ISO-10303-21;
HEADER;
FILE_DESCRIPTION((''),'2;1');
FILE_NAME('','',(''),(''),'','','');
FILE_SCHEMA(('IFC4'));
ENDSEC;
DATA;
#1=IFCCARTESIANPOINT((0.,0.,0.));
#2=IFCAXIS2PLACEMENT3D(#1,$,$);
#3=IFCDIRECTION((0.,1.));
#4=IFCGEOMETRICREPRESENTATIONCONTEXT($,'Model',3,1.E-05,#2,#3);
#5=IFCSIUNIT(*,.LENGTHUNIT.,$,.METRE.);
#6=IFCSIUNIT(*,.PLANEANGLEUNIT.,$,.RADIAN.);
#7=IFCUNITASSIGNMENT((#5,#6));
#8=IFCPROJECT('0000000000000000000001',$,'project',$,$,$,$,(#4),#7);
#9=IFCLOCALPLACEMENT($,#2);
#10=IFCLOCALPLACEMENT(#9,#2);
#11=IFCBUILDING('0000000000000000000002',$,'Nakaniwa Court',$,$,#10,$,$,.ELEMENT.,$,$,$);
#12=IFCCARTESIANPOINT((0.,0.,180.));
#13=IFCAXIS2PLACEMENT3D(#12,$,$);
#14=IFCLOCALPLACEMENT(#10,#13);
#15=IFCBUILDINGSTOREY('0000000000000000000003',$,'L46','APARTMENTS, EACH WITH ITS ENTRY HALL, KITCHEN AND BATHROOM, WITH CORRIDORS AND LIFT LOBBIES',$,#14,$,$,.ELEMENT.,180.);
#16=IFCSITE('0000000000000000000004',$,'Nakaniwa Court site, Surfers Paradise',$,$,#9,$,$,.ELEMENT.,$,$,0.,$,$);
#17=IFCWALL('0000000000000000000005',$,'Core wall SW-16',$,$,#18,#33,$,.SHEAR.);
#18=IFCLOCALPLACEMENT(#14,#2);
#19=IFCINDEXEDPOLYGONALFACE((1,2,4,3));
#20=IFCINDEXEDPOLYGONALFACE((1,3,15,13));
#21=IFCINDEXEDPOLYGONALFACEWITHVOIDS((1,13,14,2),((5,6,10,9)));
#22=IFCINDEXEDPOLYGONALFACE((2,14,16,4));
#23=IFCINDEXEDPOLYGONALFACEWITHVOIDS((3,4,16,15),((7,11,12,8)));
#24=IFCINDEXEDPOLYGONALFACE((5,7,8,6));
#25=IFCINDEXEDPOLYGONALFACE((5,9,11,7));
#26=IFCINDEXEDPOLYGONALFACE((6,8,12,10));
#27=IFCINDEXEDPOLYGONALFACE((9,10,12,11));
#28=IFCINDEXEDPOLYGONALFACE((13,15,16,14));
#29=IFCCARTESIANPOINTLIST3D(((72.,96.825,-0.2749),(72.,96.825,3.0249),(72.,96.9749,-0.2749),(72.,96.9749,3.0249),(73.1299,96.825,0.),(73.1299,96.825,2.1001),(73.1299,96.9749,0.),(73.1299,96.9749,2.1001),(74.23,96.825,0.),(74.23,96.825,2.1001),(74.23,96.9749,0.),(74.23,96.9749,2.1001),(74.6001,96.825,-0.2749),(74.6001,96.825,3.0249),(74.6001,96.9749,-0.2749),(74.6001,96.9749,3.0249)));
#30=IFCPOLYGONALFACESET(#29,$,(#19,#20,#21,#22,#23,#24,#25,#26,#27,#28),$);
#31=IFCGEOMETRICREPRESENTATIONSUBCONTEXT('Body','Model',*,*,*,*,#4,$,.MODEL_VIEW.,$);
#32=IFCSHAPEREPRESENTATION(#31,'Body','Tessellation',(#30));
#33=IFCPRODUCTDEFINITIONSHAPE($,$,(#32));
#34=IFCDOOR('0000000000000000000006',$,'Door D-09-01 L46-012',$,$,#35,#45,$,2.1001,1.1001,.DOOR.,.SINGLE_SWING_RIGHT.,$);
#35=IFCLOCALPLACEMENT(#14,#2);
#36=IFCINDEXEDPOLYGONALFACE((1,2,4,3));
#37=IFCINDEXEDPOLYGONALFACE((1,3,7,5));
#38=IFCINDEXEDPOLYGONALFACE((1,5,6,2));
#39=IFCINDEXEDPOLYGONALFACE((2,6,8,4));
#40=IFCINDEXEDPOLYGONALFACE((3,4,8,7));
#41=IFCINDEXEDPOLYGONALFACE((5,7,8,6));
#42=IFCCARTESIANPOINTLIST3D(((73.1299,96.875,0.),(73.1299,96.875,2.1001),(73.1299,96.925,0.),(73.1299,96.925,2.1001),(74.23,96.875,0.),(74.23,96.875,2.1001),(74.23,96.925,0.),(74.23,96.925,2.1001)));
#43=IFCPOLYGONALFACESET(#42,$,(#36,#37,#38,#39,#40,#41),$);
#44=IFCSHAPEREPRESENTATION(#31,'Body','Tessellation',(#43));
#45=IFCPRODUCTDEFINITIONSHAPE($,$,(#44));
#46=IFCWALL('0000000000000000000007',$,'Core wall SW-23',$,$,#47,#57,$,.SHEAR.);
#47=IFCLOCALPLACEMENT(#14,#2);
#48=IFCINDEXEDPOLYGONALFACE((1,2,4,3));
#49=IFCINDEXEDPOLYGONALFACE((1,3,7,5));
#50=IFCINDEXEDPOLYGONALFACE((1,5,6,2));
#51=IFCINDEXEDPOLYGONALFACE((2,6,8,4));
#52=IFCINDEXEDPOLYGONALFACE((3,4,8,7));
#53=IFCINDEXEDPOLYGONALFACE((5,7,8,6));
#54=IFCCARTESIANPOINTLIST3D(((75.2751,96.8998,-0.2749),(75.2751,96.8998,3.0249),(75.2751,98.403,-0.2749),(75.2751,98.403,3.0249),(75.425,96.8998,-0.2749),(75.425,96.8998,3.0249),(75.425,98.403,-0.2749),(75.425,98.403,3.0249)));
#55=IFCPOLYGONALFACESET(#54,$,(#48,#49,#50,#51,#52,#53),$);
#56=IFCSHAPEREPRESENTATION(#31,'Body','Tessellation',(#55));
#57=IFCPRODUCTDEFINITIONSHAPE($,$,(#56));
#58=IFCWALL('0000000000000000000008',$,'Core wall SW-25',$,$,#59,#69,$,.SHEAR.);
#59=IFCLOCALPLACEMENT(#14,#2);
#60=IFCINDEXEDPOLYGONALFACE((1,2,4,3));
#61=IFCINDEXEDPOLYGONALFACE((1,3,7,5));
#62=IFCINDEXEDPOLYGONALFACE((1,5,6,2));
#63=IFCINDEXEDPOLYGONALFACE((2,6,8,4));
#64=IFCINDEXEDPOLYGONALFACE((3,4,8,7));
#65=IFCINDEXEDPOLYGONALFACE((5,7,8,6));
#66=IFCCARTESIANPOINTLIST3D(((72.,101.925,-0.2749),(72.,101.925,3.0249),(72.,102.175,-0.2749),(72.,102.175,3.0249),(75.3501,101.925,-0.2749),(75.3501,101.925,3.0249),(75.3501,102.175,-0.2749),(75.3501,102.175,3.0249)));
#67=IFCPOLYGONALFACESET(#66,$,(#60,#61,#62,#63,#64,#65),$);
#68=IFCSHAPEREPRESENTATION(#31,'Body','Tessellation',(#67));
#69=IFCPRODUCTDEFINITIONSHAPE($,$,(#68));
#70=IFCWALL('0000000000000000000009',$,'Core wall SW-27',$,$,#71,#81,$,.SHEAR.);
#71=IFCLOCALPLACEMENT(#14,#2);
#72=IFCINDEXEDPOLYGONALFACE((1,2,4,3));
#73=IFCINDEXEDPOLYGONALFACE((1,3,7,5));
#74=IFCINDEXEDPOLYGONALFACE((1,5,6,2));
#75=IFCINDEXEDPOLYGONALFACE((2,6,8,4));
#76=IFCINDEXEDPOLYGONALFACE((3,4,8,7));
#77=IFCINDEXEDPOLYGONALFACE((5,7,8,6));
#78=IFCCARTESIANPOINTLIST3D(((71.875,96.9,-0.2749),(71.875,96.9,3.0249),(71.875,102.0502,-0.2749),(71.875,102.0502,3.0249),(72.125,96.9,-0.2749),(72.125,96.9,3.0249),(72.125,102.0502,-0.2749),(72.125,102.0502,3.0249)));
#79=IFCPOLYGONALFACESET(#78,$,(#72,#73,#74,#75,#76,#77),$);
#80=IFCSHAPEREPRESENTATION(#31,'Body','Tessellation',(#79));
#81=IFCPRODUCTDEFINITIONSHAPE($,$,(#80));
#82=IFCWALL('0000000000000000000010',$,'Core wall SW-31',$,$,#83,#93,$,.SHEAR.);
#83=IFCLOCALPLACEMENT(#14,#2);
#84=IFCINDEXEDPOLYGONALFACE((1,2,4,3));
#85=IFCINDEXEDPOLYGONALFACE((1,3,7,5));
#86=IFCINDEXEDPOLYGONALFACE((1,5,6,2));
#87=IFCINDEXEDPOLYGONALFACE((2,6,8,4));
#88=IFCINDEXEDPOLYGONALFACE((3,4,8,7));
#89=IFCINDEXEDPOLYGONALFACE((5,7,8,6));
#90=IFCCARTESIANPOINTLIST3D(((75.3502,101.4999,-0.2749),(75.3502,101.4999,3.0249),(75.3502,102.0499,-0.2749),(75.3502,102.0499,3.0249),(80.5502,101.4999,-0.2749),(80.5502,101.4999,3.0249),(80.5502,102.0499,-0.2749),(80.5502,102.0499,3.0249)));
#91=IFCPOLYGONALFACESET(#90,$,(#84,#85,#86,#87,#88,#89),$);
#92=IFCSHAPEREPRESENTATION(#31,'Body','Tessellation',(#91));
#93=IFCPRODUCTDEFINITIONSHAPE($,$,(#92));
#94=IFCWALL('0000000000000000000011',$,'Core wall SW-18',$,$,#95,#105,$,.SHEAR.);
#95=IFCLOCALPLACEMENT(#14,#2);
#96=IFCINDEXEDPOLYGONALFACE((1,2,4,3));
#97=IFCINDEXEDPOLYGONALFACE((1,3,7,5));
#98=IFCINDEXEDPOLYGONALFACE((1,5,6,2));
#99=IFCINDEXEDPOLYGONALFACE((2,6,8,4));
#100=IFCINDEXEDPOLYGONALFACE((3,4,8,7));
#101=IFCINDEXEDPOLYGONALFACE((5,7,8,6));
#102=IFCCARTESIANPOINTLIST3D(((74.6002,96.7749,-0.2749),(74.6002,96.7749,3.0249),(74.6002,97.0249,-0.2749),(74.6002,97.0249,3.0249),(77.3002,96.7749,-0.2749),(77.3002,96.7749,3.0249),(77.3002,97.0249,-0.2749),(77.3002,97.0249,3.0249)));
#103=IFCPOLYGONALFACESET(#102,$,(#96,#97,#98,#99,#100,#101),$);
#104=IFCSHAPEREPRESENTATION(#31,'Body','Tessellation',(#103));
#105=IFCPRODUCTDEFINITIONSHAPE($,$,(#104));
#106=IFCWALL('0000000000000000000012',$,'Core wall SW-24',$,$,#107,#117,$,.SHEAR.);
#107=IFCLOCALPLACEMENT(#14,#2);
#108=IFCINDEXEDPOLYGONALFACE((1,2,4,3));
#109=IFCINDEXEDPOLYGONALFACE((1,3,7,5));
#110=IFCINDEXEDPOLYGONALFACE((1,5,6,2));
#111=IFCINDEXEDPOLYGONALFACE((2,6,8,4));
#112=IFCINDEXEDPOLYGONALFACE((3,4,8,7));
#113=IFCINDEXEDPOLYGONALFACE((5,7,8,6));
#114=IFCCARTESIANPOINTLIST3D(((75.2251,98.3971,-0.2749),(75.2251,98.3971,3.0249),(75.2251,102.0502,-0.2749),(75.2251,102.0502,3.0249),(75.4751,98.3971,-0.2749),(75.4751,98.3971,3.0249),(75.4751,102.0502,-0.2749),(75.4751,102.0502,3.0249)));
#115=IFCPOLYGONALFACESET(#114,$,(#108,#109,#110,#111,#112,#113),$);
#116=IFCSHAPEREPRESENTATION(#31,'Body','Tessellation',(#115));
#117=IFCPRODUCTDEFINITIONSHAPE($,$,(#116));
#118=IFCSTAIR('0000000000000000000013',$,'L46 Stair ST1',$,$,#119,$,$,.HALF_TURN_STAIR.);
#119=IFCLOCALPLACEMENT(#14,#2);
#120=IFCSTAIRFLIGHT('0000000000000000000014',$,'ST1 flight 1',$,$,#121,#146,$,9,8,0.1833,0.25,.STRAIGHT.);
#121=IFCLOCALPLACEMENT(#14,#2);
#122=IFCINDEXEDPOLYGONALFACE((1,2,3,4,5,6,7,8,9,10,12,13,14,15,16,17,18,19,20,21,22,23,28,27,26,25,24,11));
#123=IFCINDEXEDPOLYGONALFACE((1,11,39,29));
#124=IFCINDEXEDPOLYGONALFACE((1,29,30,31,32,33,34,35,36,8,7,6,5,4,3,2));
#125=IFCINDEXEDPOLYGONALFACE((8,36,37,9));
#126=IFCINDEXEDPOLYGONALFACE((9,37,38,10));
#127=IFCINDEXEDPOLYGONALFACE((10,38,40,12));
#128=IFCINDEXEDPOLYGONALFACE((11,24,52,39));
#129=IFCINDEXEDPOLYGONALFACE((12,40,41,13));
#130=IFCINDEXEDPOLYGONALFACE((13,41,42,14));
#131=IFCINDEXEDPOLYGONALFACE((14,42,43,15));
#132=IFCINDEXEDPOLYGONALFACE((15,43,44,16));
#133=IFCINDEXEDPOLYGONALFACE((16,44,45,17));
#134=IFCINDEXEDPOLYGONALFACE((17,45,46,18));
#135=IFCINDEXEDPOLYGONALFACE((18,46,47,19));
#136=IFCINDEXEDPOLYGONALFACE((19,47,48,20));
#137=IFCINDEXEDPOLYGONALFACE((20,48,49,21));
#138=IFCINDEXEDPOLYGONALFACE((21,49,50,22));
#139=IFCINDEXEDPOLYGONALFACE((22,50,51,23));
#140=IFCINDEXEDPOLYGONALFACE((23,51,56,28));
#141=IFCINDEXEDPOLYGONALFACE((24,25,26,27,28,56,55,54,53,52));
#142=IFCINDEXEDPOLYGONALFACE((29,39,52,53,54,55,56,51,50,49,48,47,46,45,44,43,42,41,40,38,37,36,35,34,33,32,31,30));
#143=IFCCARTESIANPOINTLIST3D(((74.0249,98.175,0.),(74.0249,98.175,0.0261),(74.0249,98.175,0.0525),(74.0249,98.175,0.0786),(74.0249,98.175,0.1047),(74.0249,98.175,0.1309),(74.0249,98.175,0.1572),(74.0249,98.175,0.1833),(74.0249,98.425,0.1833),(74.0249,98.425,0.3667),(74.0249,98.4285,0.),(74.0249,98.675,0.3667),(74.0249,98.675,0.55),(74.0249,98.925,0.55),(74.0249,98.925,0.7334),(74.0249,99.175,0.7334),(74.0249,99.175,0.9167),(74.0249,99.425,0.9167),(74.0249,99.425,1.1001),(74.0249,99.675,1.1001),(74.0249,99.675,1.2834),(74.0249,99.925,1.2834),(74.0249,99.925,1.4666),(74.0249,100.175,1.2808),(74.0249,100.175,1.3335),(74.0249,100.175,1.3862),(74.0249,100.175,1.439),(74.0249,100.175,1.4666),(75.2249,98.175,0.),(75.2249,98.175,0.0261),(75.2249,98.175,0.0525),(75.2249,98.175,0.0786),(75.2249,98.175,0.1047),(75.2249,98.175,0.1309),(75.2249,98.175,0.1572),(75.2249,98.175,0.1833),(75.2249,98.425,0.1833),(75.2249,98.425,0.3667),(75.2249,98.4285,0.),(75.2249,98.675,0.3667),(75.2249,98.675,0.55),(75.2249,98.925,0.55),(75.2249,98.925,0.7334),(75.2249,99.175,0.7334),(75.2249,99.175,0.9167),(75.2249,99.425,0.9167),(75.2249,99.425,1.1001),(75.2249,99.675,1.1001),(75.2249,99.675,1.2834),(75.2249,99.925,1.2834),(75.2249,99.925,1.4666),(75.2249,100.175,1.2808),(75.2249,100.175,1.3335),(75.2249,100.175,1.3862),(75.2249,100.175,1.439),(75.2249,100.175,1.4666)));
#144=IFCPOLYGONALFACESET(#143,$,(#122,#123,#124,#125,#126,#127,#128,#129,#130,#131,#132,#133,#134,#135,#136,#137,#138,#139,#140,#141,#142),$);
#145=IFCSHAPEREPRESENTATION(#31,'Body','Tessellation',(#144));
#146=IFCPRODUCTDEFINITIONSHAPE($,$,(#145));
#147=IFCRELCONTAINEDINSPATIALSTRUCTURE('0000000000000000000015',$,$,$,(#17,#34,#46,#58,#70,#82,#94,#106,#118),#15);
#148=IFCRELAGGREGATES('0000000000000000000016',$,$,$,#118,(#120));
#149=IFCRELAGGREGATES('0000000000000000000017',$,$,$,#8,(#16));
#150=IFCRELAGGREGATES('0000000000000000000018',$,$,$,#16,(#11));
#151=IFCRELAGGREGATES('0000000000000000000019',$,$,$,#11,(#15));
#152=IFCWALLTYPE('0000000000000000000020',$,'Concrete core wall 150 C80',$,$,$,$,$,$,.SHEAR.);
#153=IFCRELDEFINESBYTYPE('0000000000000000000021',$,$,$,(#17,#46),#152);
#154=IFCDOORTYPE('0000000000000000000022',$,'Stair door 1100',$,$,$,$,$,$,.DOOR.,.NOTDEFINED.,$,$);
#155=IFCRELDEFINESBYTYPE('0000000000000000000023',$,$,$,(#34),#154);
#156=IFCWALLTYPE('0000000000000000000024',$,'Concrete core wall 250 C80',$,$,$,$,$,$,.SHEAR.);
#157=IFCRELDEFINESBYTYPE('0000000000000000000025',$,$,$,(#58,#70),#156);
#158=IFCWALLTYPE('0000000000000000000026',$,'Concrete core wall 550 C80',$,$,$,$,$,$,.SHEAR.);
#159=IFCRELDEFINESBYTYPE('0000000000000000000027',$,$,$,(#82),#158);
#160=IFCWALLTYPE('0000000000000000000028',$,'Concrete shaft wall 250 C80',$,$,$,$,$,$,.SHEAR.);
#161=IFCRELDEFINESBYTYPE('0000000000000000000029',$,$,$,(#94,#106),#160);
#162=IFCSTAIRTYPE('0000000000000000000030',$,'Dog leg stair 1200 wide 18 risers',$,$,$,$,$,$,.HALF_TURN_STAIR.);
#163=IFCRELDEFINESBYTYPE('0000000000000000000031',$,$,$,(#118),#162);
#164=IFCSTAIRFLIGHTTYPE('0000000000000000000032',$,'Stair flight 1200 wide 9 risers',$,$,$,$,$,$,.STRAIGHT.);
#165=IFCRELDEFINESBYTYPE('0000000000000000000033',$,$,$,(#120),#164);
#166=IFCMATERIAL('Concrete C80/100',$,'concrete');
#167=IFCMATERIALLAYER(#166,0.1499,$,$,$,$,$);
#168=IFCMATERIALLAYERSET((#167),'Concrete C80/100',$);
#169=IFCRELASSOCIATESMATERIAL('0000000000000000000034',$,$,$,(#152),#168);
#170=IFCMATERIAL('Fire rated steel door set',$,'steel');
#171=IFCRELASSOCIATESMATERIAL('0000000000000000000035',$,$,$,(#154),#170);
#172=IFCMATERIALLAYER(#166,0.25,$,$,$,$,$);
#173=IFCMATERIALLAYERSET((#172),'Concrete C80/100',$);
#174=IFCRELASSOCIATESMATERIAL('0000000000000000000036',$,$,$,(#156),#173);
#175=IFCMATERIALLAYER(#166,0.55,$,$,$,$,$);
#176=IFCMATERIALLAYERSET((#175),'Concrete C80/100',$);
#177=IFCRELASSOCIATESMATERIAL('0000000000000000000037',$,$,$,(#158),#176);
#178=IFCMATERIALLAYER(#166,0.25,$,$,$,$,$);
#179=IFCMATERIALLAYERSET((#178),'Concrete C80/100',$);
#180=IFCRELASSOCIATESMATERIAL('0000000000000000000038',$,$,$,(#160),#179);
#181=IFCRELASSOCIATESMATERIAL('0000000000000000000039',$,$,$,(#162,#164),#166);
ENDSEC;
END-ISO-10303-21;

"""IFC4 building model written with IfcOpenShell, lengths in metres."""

from ifc_helpers import new_model, si_unit, direction, frame, frame_2d, origin, place, context, subcontext, project, spatial, polyline, rectangle, outline, extrude, material, layer, layer_set, type_object, element, fill, aggregate, save


model = new_model("IFC4")

# Units and contexts
model_context = context("Model", 3, precision=1e-05, world=origin(), true_north=direction((0.0, 1.0)))
body_context = subcontext(model_context, "Body", "Model", "MODEL_VIEW")
ifc_project = project(units=[si_unit("LENGTHUNIT", "METRE"), si_unit("PLANEANGLEUNIT", "RADIAN")], contexts=[model_context])

# Site, building, storey
site_placement = place(None, origin())
site = spatial("IfcSite", under=ifc_project, at=site_placement, Name="Nakaniwa Court site, Surfers Paradise", CompositionType="ELEMENT", RefElevation=0.0)
building_placement = place(site_placement, origin())
building = spatial("IfcBuilding", under=site, at=building_placement, Name="Nakaniwa Court", CompositionType="ELEMENT")
storey_placement = place(building_placement, frame((0.0, 0.0, 180.0)))
storey = spatial("IfcBuildingStorey", under=building, at=storey_placement, Name="L46", Description="APARTMENTS, EACH WITH ITS ENTRY HALL, KITCHEN AND BATHROOM, WITH CORRIDORS AND LIFT LOBBIES", CompositionType="ELEMENT", Elevation=180.0)

# Shared definitions
ifc_material_1 = material(Name="Concrete C80/100", Category="concrete")

# Shared definitions
ifc_material_2 = material(Name="Fire rated steel door set", Category="steel")

# Wall, opening, door
ifc_layer_1 = layer(ifc_material_1, 0.1499)
ifc_layer_set_1 = layer_set([ifc_layer_1], Name="Concrete C80/100")
wall_type_1 = type_object("IfcWallType", Name="Concrete core wall 150 C80", PredefinedType="SHEAR", material=ifc_layer_set_1)
wall_1_placement = place(storey_placement, frame((74.6001, 96.8999, -0.2749), z_axis=(0.0, 0.0, 1.0), x_axis=(-1.0, 0.0, 0.0)))
wall_1 = element("IfcWall", 1, at=wall_1_placement, inside=storey, type_object=wall_type_1, Name="Core wall SW-16", PredefinedType="SHEAR", context=body_context, shape_type="SweptSolid", body=[
    extrude(rectangle(XDim=2.6001, YDim=0.1499, at=frame_2d((1.3, 0.0))), origin(), (0.0, 0.0, 1.0), 3.2998),
])
opening_1_placement = place(wall_1_placement, frame((0.3701, 0.0, 0.2749)))
opening_1 = element("IfcOpeningElement", 2, at=opening_1_placement, cuts=wall_1, PredefinedType="OPENING", context=body_context, shape_type="SweptSolid", body=[
    extrude(rectangle(XDim=1.1001, YDim=2.1001, at=frame_2d((0.55, 1.05))), frame((0.0, 0.085, 0.0), z_axis=(0.0, -1.0, 0.0), x_axis=(1.0, 0.0, 0.0)), (0.0, 0.0, 1.0), 0.1699),
])
door_type_1 = type_object("IfcDoorType", Name="Stair door 1100", OperationType="NOTDEFINED", PredefinedType="DOOR", material=ifc_material_2)
door_1_placement = place(opening_1_placement, origin())
door_1 = element("IfcDoor", 3, at=door_1_placement, inside=storey, type_object=door_type_1, Name="Door D-09-01 L46-012", OperationType="SINGLE_SWING_RIGHT", OverallHeight=2.1001, OverallWidth=1.1001, PredefinedType="DOOR", context=body_context, shape_type="SweptSolid", body=[
    extrude(rectangle(XDim=1.1001, YDim=2.1001, at=frame_2d((0.55, 1.05))), frame((0.0, 0.0249, 0.0), z_axis=(0.0, -1.0, 0.0), x_axis=(1.0, 0.0, 0.0)), (0.0, 0.0, 1.0), 0.05),
])
fill(opening_1, door_1)

# Walls
wall_2_placement = place(storey_placement, frame((75.3501, 96.8999, -0.2749), z_axis=(0.0, 0.0, 1.0), x_axis=(0.0, 1.0, 0.0)))
element("IfcWall", 4, at=wall_2_placement, inside=storey, type_object=wall_type_1, Name="Core wall SW-23", PredefinedType="SHEAR", context=body_context, shape_type="SweptSolid", body=[
    extrude(rectangle(XDim=1.5032, YDim=0.1499, at=frame_2d((0.7515, 0.0))), origin(), (0.0, 0.0, 1.0), 3.2998),
])
ifc_layer_2 = layer(ifc_material_1, 0.25)
ifc_layer_set_2 = layer_set([ifc_layer_2], Name="Concrete C80/100")
wall_type_2 = type_object("IfcWallType", Name="Concrete core wall 250 C80", PredefinedType="SHEAR", material=ifc_layer_set_2)
wall_3_placement = place(storey_placement, frame((72.0, 102.05, -0.2749), z_axis=(0.0, 0.0, 1.0), x_axis=(1.0, 0.0, 0.0)))
element("IfcWall", 5, at=wall_3_placement, inside=storey, type_object=wall_type_2, Name="Core wall SW-25", PredefinedType="SHEAR", context=body_context, shape_type="SweptSolid", body=[
    extrude(rectangle(XDim=3.3501, YDim=0.25, at=frame_2d((1.675, 0.0))), origin(), (0.0, 0.0, 1.0), 3.2998),
])
wall_4_placement = place(storey_placement, frame((72.0, 96.8999, -0.2749), z_axis=(0.0, 0.0, 1.0), x_axis=(0.0, 1.0, 0.0)))
element("IfcWall", 6, at=wall_4_placement, inside=storey, type_object=wall_type_2, Name="Core wall SW-27", PredefinedType="SHEAR", context=body_context, shape_type="SweptSolid", body=[
    extrude(rectangle(XDim=5.1501, YDim=0.25, at=frame_2d((2.5752, 0.0))), origin(), (0.0, 0.0, 1.0), 3.2998),
])
ifc_layer_3 = layer(ifc_material_1, 0.55)
ifc_layer_set_3 = layer_set([ifc_layer_3], Name="Concrete C80/100")
wall_type_3 = type_object("IfcWallType", Name="Concrete core wall 550 C80", PredefinedType="SHEAR", material=ifc_layer_set_3)
wall_5_placement = place(storey_placement, frame((75.3501, 101.7749, -0.2749), z_axis=(0.0, 0.0, 1.0), x_axis=(1.0, 0.0, 0.0)))
element("IfcWall", 7, at=wall_5_placement, inside=storey, type_object=wall_type_3, Name="Core wall SW-31", PredefinedType="SHEAR", context=body_context, shape_type="SweptSolid", body=[
    extrude(rectangle(XDim=5.2, YDim=0.55, at=frame_2d((2.6001, 0.0))), origin(), (0.0, 0.0, 1.0), 3.2998),
])
ifc_layer_4 = layer(ifc_material_1, 0.25)
ifc_layer_set_4 = layer_set([ifc_layer_4], Name="Concrete C80/100")
wall_type_4 = type_object("IfcWallType", Name="Concrete shaft wall 250 C80", PredefinedType="SHEAR", material=ifc_layer_set_4)
wall_6_placement = place(storey_placement, frame((74.6001, 96.8999, -0.2749), z_axis=(0.0, 0.0, 1.0), x_axis=(1.0, 0.0, 0.0)))
element("IfcWall", 8, at=wall_6_placement, inside=storey, type_object=wall_type_4, Name="Core wall SW-18", PredefinedType="SHEAR", context=body_context, shape_type="SweptSolid", body=[
    extrude(rectangle(XDim=2.7, YDim=0.25, at=frame_2d((1.3501, 0.0))), origin(), (0.0, 0.0, 1.0), 3.2998),
])
wall_7_placement = place(storey_placement, frame((75.3501, 98.397, -0.2749), z_axis=(0.0, 0.0, 1.0), x_axis=(0.0, 1.0, 0.0)))
element("IfcWall", 9, at=wall_7_placement, inside=storey, type_object=wall_type_4, Name="Core wall SW-24", PredefinedType="SHEAR", context=body_context, shape_type="SweptSolid", body=[
    extrude(rectangle(XDim=3.6531, YDim=0.25, at=frame_2d((1.8267, 0.0))), origin(), (0.0, 0.0, 1.0), 3.2998),
])

# Stair, stair flight
stair_type = type_object("IfcStairType", Name="Dog leg stair 1200 wide 18 risers", PredefinedType="HALF_TURN_STAIR", material=ifc_material_1)
stair_placement = place(storey_placement, origin())
stair = element("IfcStair", 10, at=stair_placement, inside=storey, type_object=stair_type, Name="L46 Stair ST1", PredefinedType="HALF_TURN_STAIR")
stair_flight_type = type_object("IfcStairFlightType", Name="Stair flight 1200 wide 9 risers", PredefinedType="STRAIGHT", material=ifc_material_1)
stair_flight_1_placement = place(storey_placement, frame((74.625, 98.175, 0.0), z_axis=(0.0, 0.0, 1.0), x_axis=(0.0, 1.0, 0.0)))
stair_flight_1 = element("IfcStairFlight", 11, at=stair_flight_1_placement, type_object=stair_flight_type, Name="ST1 flight 1", NumberOfRisers=9, NumberOfTreads=8, PredefinedType="STRAIGHT", RiserHeight=0.1833, TreadLength=0.25, context=body_context, shape_type="SweptSolid", body=[
    extrude(outline(polyline([(0.0, 0.0), (0.0, 0.0261), (0.0, 0.0525), (0.0, 0.0786), (0.0, 0.1047), (0.0, 0.1309), (0.0, 0.1572), (0.0, 0.1833), (0.25, 0.1833), (0.25, 0.3667), (0.5, 0.3667), (0.5, 0.55), (0.75, 0.55), (0.75, 0.7334), (1.0, 0.7334), (1.0, 0.9167), (1.25, 0.9167), (1.25, 1.1001), (1.5, 1.1001), (1.5, 1.2834), (1.75, 1.2834), (1.75, 1.4666), (2.0, 1.4666), (2.0, 1.6499), (2.0, 1.5972), (2.0, 1.5444), (2.0, 1.4917), (2.0, 1.439), (2.0, 1.3862), (2.0, 1.3335), (2.0, 1.2808), (0.2534, 0.0), (0.0, 0.0)])), frame((0.0, 0.6001, 0.0), z_axis=(0.0, -1.0, 0.0), x_axis=(1.0, 0.0, 0.0)), (0.0, 0.0, 1.0), 1.2),
])
aggregate(stair, [stair_flight_1])

save(model, "model.ifc")
